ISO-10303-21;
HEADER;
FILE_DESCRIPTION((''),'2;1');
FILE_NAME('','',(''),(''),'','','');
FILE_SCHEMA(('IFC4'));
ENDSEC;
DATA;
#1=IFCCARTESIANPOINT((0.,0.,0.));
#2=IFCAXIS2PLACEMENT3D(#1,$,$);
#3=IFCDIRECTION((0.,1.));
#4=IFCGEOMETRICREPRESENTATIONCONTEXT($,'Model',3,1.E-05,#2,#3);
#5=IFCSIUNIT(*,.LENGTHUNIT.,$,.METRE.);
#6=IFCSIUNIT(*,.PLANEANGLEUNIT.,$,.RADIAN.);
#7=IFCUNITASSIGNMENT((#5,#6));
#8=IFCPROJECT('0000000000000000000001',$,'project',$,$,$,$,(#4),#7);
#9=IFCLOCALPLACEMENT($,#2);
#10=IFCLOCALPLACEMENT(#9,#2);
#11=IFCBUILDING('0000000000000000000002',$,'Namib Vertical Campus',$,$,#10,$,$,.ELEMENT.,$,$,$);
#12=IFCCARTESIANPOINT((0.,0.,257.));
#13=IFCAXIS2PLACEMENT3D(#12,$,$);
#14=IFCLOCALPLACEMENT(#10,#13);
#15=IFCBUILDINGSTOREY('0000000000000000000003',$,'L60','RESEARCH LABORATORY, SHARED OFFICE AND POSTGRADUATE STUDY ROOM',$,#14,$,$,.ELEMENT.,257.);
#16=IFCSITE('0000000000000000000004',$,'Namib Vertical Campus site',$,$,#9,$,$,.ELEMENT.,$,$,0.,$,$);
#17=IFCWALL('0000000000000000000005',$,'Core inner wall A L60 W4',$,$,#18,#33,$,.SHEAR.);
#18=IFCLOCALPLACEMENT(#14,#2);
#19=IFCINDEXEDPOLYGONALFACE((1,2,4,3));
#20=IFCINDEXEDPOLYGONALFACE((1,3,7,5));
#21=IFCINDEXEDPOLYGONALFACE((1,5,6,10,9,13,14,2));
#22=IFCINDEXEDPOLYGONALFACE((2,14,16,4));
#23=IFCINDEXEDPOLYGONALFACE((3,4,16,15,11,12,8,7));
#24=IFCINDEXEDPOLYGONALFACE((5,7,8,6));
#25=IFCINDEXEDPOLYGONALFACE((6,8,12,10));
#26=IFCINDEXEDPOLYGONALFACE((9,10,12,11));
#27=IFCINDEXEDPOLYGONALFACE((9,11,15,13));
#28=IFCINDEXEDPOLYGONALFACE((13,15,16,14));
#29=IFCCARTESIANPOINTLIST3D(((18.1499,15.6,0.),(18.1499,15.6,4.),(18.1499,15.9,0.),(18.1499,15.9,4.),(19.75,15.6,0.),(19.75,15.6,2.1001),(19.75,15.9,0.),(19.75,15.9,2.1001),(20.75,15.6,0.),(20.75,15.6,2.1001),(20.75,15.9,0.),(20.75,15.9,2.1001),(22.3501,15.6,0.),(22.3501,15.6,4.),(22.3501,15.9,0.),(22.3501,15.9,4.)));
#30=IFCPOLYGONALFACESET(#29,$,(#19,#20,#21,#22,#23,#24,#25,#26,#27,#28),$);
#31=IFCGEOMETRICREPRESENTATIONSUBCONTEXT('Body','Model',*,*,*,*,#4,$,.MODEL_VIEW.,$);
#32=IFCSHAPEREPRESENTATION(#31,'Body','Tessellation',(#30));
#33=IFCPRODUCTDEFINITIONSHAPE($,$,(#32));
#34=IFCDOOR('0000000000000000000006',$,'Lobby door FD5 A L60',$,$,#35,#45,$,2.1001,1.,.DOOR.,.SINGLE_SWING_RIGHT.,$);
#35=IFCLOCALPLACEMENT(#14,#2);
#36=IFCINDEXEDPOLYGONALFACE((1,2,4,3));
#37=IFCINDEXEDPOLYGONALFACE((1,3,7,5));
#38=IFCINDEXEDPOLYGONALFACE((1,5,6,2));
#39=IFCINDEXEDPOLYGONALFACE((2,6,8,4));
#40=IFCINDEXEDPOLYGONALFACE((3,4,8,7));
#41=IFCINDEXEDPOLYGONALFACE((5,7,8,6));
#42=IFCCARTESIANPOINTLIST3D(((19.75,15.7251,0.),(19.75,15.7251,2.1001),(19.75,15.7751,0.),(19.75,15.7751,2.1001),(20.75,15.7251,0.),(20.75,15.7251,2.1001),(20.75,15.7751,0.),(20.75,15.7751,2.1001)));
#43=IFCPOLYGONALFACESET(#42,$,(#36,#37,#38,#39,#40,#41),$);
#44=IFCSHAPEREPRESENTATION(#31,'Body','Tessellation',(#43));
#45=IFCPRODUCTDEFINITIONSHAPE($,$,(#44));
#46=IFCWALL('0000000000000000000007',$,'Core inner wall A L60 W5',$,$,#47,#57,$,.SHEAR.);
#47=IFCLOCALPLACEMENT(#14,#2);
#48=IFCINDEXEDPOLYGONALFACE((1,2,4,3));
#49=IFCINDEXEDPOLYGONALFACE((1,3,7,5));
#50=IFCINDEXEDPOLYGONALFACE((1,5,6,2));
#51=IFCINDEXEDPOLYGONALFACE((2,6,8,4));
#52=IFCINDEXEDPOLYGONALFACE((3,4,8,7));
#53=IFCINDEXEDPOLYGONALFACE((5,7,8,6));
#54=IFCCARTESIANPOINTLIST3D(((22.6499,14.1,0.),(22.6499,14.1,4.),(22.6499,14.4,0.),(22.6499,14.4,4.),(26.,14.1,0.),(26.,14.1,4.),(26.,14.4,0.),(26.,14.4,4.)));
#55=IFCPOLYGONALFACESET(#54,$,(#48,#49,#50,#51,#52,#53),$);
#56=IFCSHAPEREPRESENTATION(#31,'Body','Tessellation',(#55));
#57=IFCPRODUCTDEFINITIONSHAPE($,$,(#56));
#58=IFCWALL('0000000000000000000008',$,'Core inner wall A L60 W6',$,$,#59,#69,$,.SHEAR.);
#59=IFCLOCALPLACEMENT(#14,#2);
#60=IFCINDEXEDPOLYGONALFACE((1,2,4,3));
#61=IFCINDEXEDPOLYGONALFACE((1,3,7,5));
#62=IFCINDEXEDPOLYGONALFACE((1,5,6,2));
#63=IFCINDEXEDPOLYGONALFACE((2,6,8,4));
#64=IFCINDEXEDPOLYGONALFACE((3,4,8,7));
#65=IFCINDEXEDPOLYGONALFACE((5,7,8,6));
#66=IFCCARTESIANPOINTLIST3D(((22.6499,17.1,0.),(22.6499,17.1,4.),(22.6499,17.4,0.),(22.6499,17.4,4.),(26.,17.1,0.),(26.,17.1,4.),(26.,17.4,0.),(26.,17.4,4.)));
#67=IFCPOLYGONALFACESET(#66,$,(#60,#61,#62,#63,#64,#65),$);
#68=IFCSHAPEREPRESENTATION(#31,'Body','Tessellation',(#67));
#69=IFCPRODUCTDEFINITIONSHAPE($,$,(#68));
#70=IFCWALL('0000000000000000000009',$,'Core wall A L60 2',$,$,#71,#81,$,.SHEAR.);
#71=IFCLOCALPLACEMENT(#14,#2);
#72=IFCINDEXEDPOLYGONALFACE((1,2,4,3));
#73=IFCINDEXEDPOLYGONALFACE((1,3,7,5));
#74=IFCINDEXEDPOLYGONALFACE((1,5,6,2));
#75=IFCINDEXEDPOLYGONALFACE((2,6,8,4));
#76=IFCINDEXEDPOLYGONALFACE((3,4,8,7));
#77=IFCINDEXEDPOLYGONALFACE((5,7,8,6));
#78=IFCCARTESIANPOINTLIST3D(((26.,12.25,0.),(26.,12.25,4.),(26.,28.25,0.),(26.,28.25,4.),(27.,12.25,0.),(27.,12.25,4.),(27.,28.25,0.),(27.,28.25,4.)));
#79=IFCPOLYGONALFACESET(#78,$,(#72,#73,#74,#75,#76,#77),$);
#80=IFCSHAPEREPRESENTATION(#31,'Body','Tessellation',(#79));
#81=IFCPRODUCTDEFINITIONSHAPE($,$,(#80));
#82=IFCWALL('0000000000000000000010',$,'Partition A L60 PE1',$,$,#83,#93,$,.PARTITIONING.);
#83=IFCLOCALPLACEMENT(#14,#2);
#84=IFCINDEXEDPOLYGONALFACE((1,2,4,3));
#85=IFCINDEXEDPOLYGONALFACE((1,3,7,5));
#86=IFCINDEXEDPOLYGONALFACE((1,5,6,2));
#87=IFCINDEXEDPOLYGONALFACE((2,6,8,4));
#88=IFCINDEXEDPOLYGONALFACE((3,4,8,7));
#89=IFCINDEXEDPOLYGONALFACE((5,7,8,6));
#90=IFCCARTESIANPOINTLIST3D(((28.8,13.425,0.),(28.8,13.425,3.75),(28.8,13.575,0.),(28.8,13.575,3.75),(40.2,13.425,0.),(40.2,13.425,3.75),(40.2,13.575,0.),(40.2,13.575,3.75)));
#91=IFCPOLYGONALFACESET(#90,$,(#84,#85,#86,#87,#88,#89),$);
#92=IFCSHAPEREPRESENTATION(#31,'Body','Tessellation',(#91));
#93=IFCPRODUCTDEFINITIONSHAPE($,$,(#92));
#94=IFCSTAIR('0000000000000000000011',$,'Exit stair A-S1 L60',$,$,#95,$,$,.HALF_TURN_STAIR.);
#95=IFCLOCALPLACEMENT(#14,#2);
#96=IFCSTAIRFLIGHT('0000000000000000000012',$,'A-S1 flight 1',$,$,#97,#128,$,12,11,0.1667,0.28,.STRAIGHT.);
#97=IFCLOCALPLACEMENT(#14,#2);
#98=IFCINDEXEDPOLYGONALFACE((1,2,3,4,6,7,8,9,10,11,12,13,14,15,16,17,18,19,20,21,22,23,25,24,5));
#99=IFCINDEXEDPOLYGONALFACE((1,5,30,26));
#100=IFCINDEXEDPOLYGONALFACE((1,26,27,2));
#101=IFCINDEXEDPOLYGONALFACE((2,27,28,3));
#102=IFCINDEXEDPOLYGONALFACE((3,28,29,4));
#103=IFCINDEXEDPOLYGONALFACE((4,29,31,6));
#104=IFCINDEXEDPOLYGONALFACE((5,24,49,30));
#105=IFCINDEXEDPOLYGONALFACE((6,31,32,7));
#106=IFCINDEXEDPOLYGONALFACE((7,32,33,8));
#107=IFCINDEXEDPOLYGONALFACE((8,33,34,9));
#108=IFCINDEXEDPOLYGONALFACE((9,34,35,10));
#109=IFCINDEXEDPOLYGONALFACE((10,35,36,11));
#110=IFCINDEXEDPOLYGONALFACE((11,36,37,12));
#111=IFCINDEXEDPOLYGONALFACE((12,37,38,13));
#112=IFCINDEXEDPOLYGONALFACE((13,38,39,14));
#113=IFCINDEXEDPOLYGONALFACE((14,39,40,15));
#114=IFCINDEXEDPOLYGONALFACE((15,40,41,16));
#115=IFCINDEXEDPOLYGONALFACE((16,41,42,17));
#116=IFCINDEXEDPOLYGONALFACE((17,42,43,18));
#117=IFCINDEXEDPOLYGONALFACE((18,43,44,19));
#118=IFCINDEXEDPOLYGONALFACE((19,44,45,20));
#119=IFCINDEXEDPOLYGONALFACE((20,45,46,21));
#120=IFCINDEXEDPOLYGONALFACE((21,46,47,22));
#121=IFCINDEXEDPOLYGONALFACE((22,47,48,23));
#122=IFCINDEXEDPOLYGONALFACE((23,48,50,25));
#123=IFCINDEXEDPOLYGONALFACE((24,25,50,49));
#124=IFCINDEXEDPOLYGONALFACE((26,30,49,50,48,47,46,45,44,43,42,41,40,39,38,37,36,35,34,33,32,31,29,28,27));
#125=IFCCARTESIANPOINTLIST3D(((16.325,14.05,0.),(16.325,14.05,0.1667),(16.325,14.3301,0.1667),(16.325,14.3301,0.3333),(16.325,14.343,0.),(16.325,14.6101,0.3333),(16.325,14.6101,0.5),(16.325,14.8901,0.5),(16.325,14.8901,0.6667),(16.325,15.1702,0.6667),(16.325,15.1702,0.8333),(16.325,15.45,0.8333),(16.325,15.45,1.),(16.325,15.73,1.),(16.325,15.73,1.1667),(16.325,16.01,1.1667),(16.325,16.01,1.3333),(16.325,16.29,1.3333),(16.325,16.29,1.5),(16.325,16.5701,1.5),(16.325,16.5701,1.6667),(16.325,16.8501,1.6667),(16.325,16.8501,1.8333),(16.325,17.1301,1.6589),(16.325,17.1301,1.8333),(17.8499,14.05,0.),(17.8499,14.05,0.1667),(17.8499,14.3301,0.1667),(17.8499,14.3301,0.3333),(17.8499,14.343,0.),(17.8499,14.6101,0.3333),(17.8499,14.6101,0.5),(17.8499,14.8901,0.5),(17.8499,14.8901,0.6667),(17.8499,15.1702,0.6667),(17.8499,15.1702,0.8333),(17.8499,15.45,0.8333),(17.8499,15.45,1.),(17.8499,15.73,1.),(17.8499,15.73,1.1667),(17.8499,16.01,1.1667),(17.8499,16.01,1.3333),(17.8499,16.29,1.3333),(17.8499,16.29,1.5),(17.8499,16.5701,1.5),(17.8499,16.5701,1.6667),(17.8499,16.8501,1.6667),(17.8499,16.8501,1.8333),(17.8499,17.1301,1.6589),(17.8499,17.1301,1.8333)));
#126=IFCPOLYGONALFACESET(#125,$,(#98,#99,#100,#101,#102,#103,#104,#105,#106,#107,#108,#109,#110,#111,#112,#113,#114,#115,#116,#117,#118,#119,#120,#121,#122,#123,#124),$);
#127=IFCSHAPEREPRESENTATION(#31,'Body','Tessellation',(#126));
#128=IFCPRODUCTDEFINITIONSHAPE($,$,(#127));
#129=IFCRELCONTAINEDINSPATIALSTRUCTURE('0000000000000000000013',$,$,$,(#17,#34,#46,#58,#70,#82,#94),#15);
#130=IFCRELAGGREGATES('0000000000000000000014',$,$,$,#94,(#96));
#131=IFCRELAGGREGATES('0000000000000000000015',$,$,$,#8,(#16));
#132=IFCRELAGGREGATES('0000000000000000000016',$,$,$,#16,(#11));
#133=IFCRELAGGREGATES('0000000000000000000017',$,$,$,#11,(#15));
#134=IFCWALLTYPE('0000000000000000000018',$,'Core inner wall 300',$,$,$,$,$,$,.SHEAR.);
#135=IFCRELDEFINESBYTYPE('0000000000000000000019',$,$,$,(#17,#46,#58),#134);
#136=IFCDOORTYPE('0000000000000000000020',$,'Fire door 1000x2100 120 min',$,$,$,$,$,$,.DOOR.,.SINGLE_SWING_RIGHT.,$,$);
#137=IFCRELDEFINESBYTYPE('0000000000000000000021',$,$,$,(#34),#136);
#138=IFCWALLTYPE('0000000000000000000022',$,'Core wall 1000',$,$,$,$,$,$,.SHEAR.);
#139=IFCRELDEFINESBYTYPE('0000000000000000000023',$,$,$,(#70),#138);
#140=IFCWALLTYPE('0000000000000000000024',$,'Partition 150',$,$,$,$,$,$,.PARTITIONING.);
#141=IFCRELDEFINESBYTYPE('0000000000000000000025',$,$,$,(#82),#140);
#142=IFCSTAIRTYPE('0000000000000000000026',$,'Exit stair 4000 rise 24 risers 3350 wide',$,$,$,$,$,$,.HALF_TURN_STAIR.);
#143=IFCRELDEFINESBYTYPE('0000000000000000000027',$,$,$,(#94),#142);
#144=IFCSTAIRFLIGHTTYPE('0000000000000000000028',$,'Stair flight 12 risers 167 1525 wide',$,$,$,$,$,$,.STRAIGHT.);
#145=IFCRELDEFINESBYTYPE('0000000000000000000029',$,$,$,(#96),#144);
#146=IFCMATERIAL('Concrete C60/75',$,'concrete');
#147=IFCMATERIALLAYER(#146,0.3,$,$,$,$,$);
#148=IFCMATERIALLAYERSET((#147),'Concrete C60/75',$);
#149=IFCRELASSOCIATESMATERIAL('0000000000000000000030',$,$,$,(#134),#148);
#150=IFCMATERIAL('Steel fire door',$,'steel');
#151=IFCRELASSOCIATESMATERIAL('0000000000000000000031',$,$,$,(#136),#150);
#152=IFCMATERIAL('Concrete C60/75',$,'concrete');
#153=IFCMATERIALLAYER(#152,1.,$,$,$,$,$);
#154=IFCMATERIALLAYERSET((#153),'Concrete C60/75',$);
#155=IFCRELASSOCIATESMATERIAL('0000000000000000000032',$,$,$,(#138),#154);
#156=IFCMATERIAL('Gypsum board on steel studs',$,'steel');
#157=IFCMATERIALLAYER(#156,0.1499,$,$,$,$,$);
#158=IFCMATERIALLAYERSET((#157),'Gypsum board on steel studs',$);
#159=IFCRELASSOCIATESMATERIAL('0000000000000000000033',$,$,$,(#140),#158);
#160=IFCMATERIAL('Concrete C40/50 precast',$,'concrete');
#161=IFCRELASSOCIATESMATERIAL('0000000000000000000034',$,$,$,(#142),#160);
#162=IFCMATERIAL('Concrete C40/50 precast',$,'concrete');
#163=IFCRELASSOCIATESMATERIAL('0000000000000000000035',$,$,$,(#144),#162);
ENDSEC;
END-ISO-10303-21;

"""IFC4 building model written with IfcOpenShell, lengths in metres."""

from ifc_helpers import new_model, si_unit, direction, frame, frame_2d, origin, place, context, subcontext, project, spatial, polyline, rectangle, outline, extrude, material, layer, layer_set, type_object, element, fill, aggregate, save


model = new_model("IFC4")

# Units and contexts
model_context = context("Model", 3, precision=1e-05, world=origin(), true_north=direction((0.0, 1.0)))
body_context = subcontext(model_context, "Body", "Model", "MODEL_VIEW")
ifc_project = project(units=[si_unit("LENGTHUNIT", "METRE"), si_unit("PLANEANGLEUNIT", "RADIAN")], contexts=[model_context])

# Site, building, storey
site_placement = place(None, origin())
site = spatial("IfcSite", under=ifc_project, at=site_placement, Name="Namib Vertical Campus site", CompositionType="ELEMENT", RefElevation=0.0)
building_placement = place(site_placement, origin())
building = spatial("IfcBuilding", under=site, at=building_placement, Name="Namib Vertical Campus", CompositionType="ELEMENT")
storey_placement = place(building_placement, frame((0.0, 0.0, 257.0)))
storey = spatial("IfcBuildingStorey", under=building, at=storey_placement, Name="L60", Description="RESEARCH LABORATORY, SHARED OFFICE AND POSTGRADUATE STUDY ROOM", CompositionType="ELEMENT", Elevation=257.0)

# Wall, opening, door
ifc_material_1 = material(Name="Concrete C60/75", Category="concrete")
ifc_layer_1 = layer(ifc_material_1, 0.3)
ifc_layer_set_1 = layer_set([ifc_layer_1], Name="Concrete C60/75")
wall_type_1 = type_object("IfcWallType", Name="Core inner wall 300", PredefinedType="SHEAR", material=ifc_layer_set_1)
wall_1_placement = place(storey_placement, frame((18.1499, 15.75, 0.0), z_axis=(0.0, 0.0, 1.0), x_axis=(1.0, 0.0, 0.0)))
wall_1 = element("IfcWall", 1, at=wall_1_placement, inside=storey, type_object=wall_type_1, Name="Core inner wall A L60 W4", PredefinedType="SHEAR", context=body_context, shape_type="SweptSolid", body=[
    extrude(rectangle(XDim=4.2002, YDim=0.3, at=frame_2d((2.1001, 0.0))), origin(), (0.0, 0.0, 1.0), 4.0),
])
opening_placement = place(wall_1_placement, frame((1.6001, 0.0, 0.0)))
opening = element("IfcOpeningElement", 2, at=opening_placement, cuts=wall_1, PredefinedType="OPENING", context=body_context, shape_type="SweptSolid", body=[
    extrude(rectangle(XDim=1.0, YDim=2.1001, at=frame_2d((0.5, 1.05))), frame((0.0, 0.1599, 0.0), z_axis=(0.0, -1.0, 0.0), x_axis=(1.0, 0.0, 0.0)), (0.0, 0.0, 1.0), 0.3201),
])
ifc_material_2 = material(Name="Steel fire door", Category="steel")
door_type = type_object("IfcDoorType", Name="Fire door 1000x2100 120 min", OperationType="SINGLE_SWING_RIGHT", PredefinedType="DOOR", material=ifc_material_2)
door_placement = place(opening_placement, frame((1.0, 0.0, 0.0), z_axis=(0.0, 0.0, 1.0), x_axis=(-1.0, 0.0, 0.0)))
door = element("IfcDoor", 3, at=door_placement, inside=storey, type_object=door_type, Name="Lobby door FD5 A L60", OperationType="SINGLE_SWING_RIGHT", OverallHeight=2.1001, OverallWidth=1.0, PredefinedType="DOOR", context=body_context, shape_type="SweptSolid", body=[
    extrude(rectangle(XDim=1.0, YDim=2.1001, at=frame_2d((0.5, 1.05))), frame((0.0, 0.0249, 0.0), z_axis=(0.0, -1.0, 0.0), x_axis=(1.0, 0.0, 0.0)), (0.0, 0.0, 1.0), 0.05),
])
fill(opening, door)

# Walls
for number, where, z_axis, x_axis, name in (
    (4, (22.6499, 14.25, 0.0), (0.0, 0.0, 1.0), (1.0, 0.0, 0.0), "Core inner wall A L60 W5"),
    (5, (22.6499, 17.25, 0.0), (0.0, 0.0, 1.0), (1.0, 0.0, 0.0), "Core inner wall A L60 W6"),
):
    element("IfcWall", number, at=place(storey_placement, frame(where, z_axis=z_axis, x_axis=x_axis)), inside=storey, type_object=wall_type_1, Name=name, PredefinedType="SHEAR", context=body_context, shape_type="SweptSolid", body=[
        extrude(rectangle(XDim=3.3501, YDim=0.3, at=frame_2d((1.675, 0.0))), origin(), (0.0, 0.0, 1.0), 4.0),
    ])
ifc_material_3 = material(Name="Concrete C60/75", Category="concrete")
ifc_layer_2 = layer(ifc_material_3, 1.0)
ifc_layer_set_2 = layer_set([ifc_layer_2], Name="Concrete C60/75")
wall_type_2 = type_object("IfcWallType", Name="Core wall 1000", PredefinedType="SHEAR", material=ifc_layer_set_2)
wall_2_placement = place(storey_placement, frame((26.5, 12.25, 0.0), z_axis=(0.0, 0.0, 1.0), x_axis=(0.0, 1.0, 0.0)))
element("IfcWall", 6, at=wall_2_placement, inside=storey, type_object=wall_type_2, Name="Core wall A L60 2", PredefinedType="SHEAR", context=body_context, shape_type="SweptSolid", body=[
    extrude(rectangle(XDim=16.0, YDim=1.0, at=frame_2d((8.0, 0.0))), origin(), (0.0, 0.0, 1.0), 4.0),
])
ifc_material_4 = material(Name="Gypsum board on steel studs", Category="steel")
ifc_layer_3 = layer(ifc_material_4, 0.1499)
ifc_layer_set_3 = layer_set([ifc_layer_3], Name="Gypsum board on steel studs")
wall_type_3 = type_object("IfcWallType", Name="Partition 150", PredefinedType="PARTITIONING", material=ifc_layer_set_3)
wall_3_placement = place(storey_placement, frame((28.8, 13.5, 0.0), z_axis=(0.0, 0.0, 1.0), x_axis=(1.0, 0.0, 0.0)))
element("IfcWall", 7, at=wall_3_placement, inside=storey, type_object=wall_type_3, Name="Partition A L60 PE1", PredefinedType="PARTITIONING", context=body_context, shape_type="SweptSolid", body=[
    extrude(rectangle(XDim=11.3999, YDim=0.1499, at=frame_2d((5.7, 0.0))), origin(), (0.0, 0.0, 1.0), 3.75),
])

# Stair, stair flight
ifc_material_5 = material(Name="Concrete C40/50 precast", Category="concrete")
stair_type = type_object("IfcStairType", Name="Exit stair 4000 rise 24 risers 3350 wide", PredefinedType="HALF_TURN_STAIR", material=ifc_material_5)
stair_placement = place(storey_placement, origin())
stair = element("IfcStair", 8, at=stair_placement, inside=storey, type_object=stair_type, Name="Exit stair A-S1 L60", PredefinedType="HALF_TURN_STAIR")
ifc_material_6 = material(Name="Concrete C40/50 precast", Category="concrete")
stair_flight_type = type_object("IfcStairFlightType", Name="Stair flight 12 risers 167 1525 wide", PredefinedType="STRAIGHT", material=ifc_material_6)
stair_flight_placement = place(storey_placement, frame((17.0874, 14.05, 0.0), z_axis=(0.0, 0.0, 1.0), x_axis=(0.0, 1.0, 0.0)))
stair_flight = element("IfcStairFlight", 9, at=stair_flight_placement, type_object=stair_flight_type, Name="A-S1 flight 1", NumberOfRisers=12, NumberOfTreads=11, PredefinedType="STRAIGHT", RiserHeight=0.1667, TreadLength=0.28, context=body_context, shape_type="SweptSolid", body=[
    extrude(outline(polyline([(0.0, 0.0), (0.0, 0.1667), (0.28, 0.1667), (0.28, 0.3333), (0.5601, 0.3333), (0.5601, 0.5), (0.8401, 0.5), (0.8401, 0.6667), (1.1201, 0.6667), (1.1201, 0.8333), (1.3999, 0.8333), (1.3999, 1.0), (1.6799, 1.0), (1.6799, 1.1667), (1.96, 1.1667), (1.96, 1.3333), (2.24, 1.3333), (2.24, 1.5), (2.52, 1.5), (2.52, 1.6667), (2.8, 1.6667), (2.8, 1.8333), (3.0801, 1.8333), (3.0801, 2.0), (3.0801, 1.6589), (0.293, 0.0), (0.0, 0.0)])), frame((0.0, 0.7625, 0.0), z_axis=(0.0, -1.0, 0.0), x_axis=(1.0, 0.0, 0.0)), (0.0, 0.0, 1.0), 1.5249),
])
aggregate(stair, [stair_flight])

save(model, "model.ifc")
